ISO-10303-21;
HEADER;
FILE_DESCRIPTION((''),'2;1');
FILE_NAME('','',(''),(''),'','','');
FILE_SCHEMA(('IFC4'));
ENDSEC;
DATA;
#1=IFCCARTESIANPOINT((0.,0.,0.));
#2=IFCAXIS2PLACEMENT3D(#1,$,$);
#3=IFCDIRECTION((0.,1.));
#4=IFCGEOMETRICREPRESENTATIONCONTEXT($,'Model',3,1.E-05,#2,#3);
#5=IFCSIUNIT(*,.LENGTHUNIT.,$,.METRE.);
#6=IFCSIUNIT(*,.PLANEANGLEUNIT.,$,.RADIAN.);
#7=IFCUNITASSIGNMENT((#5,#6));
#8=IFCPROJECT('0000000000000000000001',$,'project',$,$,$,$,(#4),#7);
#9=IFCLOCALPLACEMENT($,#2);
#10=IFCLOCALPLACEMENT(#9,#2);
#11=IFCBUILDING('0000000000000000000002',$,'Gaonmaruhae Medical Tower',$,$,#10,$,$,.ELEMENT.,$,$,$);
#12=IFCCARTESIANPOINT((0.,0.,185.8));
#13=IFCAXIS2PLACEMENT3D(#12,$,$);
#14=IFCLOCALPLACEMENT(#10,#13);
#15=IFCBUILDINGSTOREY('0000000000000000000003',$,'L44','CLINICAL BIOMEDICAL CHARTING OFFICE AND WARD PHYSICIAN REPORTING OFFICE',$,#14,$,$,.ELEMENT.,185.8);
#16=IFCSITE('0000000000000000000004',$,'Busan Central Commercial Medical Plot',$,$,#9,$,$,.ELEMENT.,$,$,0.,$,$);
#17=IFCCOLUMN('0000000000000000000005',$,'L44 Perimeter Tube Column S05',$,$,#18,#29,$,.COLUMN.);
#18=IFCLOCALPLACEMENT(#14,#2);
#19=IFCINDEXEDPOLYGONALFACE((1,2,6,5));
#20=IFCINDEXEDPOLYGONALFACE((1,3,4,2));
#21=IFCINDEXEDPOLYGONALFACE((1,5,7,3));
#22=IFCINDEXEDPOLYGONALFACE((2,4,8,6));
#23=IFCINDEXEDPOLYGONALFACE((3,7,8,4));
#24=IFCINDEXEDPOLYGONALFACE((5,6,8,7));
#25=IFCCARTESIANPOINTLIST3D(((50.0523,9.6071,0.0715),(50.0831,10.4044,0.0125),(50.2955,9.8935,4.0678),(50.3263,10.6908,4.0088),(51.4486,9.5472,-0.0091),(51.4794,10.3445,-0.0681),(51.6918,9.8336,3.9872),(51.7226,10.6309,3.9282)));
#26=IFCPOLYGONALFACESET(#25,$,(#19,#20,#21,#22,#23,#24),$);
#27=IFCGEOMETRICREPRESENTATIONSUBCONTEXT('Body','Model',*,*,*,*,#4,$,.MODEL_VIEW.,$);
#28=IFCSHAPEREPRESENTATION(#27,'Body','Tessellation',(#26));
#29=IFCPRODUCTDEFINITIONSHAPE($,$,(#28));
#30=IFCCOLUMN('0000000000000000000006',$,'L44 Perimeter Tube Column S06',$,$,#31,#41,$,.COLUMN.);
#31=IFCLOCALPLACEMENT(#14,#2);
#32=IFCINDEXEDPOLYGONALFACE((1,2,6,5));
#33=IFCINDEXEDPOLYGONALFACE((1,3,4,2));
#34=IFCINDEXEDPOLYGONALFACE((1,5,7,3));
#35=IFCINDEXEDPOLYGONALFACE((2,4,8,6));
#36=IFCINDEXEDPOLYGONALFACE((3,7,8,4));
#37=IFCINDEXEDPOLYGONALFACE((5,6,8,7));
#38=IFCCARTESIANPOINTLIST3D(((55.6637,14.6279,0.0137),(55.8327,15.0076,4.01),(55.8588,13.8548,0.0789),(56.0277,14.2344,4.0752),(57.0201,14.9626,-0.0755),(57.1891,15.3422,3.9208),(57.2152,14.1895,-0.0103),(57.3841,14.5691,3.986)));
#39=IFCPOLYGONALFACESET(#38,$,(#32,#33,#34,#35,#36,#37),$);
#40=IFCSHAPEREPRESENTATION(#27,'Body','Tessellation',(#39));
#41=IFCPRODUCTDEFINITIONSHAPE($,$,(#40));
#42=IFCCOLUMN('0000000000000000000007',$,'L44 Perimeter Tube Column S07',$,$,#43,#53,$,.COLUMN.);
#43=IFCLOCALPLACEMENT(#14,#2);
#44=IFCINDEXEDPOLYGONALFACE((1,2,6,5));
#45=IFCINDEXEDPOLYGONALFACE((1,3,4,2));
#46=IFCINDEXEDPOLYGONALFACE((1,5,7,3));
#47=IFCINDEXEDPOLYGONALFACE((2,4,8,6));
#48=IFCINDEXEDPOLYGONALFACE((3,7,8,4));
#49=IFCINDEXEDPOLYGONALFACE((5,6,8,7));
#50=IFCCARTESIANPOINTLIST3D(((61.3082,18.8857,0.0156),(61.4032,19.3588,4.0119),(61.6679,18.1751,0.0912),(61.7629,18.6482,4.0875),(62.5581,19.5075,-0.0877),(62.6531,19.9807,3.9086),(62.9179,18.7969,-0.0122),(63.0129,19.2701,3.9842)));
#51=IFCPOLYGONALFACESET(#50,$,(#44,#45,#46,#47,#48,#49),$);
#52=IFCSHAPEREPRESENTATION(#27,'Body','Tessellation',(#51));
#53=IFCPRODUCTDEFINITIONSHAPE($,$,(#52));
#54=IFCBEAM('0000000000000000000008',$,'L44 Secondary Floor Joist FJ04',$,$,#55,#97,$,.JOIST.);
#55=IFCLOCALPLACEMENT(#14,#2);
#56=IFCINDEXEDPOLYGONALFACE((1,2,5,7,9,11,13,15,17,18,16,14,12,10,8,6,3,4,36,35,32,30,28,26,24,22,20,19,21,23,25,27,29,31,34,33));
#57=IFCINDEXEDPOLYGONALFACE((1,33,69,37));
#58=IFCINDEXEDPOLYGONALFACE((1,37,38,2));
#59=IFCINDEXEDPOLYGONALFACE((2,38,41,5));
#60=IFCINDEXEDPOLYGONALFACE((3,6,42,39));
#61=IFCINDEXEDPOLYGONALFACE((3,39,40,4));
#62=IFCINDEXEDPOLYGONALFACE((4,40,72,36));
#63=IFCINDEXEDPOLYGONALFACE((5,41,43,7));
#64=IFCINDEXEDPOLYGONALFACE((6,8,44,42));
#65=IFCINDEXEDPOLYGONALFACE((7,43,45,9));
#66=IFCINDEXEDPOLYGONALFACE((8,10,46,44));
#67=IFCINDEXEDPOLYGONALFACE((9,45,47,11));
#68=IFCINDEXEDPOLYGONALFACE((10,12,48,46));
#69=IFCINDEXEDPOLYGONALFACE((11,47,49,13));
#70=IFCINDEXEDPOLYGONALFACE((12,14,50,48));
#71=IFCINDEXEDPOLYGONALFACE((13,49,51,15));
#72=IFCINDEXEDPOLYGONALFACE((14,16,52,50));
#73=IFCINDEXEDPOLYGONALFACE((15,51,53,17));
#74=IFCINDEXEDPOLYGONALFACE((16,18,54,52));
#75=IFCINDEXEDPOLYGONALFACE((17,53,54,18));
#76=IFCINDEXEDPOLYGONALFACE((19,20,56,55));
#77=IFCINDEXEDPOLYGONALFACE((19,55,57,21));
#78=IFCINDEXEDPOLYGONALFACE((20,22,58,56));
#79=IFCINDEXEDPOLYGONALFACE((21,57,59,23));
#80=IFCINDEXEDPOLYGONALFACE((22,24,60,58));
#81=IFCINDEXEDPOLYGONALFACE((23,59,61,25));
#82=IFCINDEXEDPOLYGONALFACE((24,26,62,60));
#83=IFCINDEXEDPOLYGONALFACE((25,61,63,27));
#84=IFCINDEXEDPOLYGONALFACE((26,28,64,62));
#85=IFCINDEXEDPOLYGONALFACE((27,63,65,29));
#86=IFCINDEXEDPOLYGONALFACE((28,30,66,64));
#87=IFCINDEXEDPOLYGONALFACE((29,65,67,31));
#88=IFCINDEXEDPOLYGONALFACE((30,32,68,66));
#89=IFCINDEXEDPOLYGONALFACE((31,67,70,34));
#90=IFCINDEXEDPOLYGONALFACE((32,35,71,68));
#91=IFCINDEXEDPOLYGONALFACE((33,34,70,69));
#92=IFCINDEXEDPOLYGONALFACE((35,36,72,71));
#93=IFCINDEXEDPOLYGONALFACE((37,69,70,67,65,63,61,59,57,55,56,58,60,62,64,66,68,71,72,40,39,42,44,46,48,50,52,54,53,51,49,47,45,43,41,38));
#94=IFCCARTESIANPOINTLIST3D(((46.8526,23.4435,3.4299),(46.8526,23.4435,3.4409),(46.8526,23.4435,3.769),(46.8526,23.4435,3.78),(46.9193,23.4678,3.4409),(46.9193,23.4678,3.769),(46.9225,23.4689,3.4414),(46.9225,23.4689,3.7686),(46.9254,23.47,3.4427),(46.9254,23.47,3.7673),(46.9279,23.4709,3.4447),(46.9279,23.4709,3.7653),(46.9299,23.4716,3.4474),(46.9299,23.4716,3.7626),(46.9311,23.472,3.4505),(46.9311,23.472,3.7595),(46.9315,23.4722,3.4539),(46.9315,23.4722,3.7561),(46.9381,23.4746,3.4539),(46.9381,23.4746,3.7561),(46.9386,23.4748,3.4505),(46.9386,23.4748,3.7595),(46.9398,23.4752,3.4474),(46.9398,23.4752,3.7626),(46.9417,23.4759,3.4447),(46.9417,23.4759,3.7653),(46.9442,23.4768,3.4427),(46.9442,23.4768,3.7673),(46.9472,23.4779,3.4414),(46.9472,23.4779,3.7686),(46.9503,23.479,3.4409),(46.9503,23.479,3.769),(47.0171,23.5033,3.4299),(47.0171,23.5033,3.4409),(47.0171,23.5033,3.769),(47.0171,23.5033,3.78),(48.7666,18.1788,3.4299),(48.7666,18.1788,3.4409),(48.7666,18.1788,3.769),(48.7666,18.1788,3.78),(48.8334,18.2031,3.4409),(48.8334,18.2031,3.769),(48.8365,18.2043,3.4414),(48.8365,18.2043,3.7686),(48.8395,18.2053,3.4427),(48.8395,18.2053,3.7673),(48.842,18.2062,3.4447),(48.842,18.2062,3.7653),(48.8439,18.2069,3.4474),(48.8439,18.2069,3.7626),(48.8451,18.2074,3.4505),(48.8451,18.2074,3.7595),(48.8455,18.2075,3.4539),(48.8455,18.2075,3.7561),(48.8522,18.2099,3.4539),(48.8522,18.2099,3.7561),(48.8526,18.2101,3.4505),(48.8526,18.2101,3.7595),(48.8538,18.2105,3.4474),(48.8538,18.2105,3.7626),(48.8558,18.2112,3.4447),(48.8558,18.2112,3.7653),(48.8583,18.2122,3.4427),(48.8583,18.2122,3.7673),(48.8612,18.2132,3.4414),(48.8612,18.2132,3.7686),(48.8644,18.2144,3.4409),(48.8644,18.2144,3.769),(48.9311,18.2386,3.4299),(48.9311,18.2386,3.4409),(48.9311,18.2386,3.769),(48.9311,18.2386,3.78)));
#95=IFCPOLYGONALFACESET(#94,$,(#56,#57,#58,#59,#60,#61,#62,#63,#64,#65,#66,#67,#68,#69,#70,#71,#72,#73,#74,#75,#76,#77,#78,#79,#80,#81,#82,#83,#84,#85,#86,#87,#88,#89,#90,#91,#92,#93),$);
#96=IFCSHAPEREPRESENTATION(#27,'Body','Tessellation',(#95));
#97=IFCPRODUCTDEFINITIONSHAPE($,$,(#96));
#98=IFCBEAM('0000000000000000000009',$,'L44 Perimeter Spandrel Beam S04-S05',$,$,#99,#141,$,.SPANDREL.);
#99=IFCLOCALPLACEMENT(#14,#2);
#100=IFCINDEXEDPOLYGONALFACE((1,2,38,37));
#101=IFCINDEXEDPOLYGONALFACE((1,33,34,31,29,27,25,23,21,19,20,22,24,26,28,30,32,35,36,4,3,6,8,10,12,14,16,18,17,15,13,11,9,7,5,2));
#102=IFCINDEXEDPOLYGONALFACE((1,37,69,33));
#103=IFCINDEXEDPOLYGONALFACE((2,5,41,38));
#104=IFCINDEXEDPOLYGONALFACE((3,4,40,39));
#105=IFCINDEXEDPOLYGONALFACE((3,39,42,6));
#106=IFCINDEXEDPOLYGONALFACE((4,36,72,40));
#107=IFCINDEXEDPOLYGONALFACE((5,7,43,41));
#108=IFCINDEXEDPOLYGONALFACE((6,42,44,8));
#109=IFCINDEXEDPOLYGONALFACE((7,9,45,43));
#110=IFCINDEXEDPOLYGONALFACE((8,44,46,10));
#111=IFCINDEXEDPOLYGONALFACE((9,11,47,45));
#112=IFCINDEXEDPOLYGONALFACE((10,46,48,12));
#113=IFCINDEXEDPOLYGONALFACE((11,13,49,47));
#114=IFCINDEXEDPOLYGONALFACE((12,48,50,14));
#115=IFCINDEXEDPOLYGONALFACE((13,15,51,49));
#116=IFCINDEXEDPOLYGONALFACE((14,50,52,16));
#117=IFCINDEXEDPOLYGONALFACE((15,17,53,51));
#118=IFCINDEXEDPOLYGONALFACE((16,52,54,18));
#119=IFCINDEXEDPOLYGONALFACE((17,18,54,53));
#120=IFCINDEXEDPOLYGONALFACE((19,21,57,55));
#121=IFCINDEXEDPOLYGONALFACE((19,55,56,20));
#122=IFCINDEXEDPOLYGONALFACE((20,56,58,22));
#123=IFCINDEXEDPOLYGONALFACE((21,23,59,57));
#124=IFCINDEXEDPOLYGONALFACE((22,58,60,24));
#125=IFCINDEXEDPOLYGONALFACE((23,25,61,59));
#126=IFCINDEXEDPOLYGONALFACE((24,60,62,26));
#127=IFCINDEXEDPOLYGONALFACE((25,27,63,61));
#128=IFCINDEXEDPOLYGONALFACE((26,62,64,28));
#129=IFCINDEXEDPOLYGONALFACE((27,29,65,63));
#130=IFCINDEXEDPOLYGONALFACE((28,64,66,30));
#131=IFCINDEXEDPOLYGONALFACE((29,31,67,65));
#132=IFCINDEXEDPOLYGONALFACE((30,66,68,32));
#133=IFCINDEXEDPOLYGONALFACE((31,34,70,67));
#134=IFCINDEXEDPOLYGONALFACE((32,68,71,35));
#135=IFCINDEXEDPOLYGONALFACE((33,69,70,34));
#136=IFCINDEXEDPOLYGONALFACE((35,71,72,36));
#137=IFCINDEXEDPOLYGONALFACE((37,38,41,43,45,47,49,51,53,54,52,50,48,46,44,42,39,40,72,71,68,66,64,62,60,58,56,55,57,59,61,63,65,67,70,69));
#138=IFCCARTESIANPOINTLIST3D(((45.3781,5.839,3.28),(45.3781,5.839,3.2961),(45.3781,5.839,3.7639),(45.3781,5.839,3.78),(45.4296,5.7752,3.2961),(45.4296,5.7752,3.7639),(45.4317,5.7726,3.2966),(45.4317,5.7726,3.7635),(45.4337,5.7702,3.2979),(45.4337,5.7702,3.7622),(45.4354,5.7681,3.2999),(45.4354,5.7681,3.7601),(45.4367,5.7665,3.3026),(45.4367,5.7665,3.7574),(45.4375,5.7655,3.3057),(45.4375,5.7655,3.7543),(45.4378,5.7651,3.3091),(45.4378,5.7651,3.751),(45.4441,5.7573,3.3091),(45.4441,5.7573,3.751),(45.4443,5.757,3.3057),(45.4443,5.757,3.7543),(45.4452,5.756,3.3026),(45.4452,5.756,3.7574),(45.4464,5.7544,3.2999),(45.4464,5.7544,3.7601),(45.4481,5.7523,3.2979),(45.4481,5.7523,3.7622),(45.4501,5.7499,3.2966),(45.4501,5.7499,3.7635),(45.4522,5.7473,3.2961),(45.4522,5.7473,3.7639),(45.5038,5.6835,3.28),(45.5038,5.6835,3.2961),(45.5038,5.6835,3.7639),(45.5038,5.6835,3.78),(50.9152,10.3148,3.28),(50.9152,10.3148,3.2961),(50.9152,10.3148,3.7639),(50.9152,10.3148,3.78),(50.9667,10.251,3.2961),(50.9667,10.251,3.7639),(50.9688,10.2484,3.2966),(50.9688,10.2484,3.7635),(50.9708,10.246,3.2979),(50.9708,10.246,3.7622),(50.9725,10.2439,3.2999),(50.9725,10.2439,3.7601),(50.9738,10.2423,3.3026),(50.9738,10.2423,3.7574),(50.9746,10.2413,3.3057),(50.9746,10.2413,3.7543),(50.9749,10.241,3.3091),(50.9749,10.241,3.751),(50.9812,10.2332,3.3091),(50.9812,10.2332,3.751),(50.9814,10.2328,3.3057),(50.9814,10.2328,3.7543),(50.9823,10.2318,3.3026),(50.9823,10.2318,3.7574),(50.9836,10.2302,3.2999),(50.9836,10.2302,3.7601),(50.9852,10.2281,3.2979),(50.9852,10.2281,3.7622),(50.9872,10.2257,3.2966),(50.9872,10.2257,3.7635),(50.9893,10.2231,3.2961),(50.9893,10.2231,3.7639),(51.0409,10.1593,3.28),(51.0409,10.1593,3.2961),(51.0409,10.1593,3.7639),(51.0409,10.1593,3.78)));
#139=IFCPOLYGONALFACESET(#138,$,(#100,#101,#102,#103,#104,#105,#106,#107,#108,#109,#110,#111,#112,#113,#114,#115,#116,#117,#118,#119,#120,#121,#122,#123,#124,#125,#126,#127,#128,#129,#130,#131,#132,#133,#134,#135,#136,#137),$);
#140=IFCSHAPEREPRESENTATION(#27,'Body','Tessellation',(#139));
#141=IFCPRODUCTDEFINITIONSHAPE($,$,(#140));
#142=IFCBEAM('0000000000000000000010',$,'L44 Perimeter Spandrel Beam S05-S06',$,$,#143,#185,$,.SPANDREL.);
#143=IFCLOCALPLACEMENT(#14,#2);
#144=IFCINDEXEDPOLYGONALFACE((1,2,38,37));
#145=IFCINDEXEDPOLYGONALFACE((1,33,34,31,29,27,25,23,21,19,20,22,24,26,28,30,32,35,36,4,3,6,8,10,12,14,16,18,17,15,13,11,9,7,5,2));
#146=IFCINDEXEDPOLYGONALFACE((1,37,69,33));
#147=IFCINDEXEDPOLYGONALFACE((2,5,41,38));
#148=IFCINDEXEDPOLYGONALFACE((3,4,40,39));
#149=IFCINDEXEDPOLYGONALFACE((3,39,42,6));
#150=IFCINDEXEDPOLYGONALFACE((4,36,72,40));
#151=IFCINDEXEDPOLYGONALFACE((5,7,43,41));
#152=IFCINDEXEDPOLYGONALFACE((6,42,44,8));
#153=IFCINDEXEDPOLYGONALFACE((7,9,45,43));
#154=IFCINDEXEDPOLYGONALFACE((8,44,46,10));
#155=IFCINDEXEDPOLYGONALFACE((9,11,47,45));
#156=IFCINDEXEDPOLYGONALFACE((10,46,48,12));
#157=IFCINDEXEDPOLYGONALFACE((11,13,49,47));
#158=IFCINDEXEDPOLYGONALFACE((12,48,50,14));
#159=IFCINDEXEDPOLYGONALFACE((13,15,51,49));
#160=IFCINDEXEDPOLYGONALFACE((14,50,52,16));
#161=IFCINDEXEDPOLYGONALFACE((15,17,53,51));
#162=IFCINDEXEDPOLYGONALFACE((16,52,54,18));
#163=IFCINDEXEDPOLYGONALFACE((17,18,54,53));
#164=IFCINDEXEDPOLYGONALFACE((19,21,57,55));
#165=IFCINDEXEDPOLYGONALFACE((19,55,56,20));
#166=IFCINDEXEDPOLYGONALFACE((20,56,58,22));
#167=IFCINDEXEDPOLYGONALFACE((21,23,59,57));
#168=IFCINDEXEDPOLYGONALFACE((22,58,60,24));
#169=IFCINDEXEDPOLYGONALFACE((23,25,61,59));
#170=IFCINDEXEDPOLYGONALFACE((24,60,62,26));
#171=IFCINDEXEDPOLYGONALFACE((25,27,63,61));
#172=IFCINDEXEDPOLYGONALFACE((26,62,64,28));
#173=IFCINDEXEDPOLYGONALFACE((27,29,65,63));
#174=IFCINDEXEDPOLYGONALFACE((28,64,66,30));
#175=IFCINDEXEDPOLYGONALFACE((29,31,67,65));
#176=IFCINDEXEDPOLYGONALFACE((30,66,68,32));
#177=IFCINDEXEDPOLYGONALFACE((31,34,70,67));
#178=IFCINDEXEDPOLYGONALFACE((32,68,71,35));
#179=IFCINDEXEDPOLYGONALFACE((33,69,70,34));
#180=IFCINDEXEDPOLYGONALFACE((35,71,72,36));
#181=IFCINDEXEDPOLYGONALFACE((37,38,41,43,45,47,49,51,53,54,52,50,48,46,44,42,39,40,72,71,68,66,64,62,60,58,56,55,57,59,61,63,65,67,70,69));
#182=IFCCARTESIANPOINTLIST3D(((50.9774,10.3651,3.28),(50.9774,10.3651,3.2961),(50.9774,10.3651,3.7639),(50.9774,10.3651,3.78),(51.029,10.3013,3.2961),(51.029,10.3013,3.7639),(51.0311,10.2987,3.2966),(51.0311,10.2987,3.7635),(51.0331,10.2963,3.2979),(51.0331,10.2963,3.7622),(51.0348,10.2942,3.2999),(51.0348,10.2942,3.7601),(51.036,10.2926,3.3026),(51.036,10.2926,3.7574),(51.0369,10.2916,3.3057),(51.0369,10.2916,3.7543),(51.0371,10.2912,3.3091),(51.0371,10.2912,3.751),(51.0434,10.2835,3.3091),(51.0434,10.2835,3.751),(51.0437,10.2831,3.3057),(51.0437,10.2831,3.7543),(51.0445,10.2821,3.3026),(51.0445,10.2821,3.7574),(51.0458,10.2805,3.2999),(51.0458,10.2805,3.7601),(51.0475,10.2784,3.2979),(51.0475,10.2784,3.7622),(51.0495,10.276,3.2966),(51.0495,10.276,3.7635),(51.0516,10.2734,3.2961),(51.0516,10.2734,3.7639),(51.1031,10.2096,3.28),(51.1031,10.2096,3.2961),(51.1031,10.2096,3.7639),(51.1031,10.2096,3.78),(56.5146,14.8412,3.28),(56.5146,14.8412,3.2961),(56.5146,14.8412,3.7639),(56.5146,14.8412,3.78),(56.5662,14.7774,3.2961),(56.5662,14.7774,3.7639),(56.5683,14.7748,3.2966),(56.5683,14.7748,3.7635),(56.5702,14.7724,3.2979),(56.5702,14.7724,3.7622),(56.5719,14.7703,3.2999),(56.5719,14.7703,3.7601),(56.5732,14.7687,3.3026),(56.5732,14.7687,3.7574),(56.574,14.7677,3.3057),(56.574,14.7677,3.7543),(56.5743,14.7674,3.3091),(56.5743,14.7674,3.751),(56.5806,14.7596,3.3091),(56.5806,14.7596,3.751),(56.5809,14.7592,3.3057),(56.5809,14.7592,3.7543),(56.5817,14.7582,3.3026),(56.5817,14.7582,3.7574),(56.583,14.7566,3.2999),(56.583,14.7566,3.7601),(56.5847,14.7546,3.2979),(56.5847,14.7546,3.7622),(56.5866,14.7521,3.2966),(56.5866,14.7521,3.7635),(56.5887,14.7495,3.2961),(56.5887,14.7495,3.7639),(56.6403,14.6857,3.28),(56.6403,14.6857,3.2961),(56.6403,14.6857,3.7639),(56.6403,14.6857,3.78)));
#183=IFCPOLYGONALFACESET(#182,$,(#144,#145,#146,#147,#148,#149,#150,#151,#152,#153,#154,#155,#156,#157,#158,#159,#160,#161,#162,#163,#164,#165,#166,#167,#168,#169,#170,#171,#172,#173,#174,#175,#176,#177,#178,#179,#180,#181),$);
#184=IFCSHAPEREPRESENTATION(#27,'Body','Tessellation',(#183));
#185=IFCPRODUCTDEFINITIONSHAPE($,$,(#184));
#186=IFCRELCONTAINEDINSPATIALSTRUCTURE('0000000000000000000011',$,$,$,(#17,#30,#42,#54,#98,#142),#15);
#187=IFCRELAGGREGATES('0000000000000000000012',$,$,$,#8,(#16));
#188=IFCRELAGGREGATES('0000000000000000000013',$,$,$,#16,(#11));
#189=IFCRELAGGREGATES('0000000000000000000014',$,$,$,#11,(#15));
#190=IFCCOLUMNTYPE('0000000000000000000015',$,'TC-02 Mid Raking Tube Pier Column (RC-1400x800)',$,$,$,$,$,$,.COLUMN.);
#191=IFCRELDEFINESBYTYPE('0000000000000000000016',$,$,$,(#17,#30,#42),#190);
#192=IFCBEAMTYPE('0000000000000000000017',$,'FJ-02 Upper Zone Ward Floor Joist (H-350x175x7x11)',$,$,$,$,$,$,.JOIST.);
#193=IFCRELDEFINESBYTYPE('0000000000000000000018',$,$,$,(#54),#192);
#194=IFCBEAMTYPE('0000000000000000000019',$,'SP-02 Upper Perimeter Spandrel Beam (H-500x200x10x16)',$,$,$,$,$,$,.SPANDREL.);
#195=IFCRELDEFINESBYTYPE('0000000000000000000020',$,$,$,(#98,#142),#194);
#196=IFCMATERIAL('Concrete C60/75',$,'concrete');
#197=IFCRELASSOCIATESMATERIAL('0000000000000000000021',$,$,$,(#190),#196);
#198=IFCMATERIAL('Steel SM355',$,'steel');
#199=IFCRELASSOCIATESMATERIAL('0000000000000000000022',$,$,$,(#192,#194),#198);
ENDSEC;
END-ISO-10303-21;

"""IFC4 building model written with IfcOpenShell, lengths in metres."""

from ifc_helpers import new_model, si_unit, direction, frame, origin, origin_2d, place, context, subcontext, project, spatial, rectangle, i_section, extrude, material, material_profile, profile_set, type_object, element, save


model = new_model("IFC4")

# Units and contexts
model_context = context("Model", 3, precision=1e-05, world=origin(), true_north=direction((0.0, 1.0)))
body_context = subcontext(model_context, "Body", "Model", "MODEL_VIEW")
ifc_project = project(units=[si_unit("LENGTHUNIT", "METRE"), si_unit("PLANEANGLEUNIT", "RADIAN")], contexts=[model_context])

# Site, building, storey
site_placement = place(None, origin())
site = spatial("IfcSite", under=ifc_project, at=site_placement, Name="Busan Central Commercial Medical Plot", CompositionType="ELEMENT", RefElevation=0.0)
building_placement = place(site_placement, origin())
building = spatial("IfcBuilding", under=site, at=building_placement, Name="Gaonmaruhae Medical Tower", CompositionType="ELEMENT")
storey_placement = place(building_placement, frame((0.0, 0.0, 185.8)))
storey = spatial("IfcBuildingStorey", under=building, at=storey_placement, Name="L44", Description="CLINICAL BIOMEDICAL CHARTING OFFICE AND WARD PHYSICIAN REPORTING OFFICE", CompositionType="ELEMENT", Elevation=185.8)

# Columns
ifc_material_1 = material(Name="Concrete C60/75", Category="concrete")
ifc_material_profile_1 = material_profile(ifc_material_1, rectangle(XDim=1.3999, YDim=0.8, at=origin_2d()), Name="RC-1400x800")
ifc_profile_set_1 = profile_set([ifc_material_profile_1], Name="Concrete C60/75")
column_type = type_object("IfcColumnType", Name="TC-02 Mid Raking Tube Pier Column (RC-1400x800)", PredefinedType="COLUMN", material=ifc_profile_set_1)
column_1_placement = place(storey_placement, frame((50.7659, 9.9758, 0.0017), z_axis=(0.06058, 0.071345, 0.99561), x_axis=(-0.997421, 0.042798, 0.057623)))
element("IfcColumn", 1, at=column_1_placement, inside=storey, type_object=column_type, Name="L44 Perimeter Tube Column S05", PredefinedType="COLUMN", context=body_context, shape_type="SweptSolid", body=[
    extrude(rectangle(XDim=1.3999, YDim=0.8, at=origin_2d()), origin(), (0.0, 0.0, 1.0), 4.0139),
])
column_2_placement = place(storey_placement, frame((56.4395, 14.4087, 0.0017), z_axis=(0.042048, 0.094487, 0.994638), x_axis=(-0.968911, -0.239078, 0.063672)))
element("IfcColumn", 2, at=column_2_placement, inside=storey, type_object=column_type, Name="L44 Perimeter Tube Column S06", PredefinedType="COLUMN", context=body_context, shape_type="SweptSolid", body=[
    extrude(rectangle(XDim=1.3999, YDim=0.8, at=origin_2d()), origin(), (0.0, 0.0, 1.0), 4.0178),
])
column_3_placement = place(storey_placement, frame((62.113, 18.8413, 0.0017), z_axis=(0.023593, 0.117541, 0.992788), x_axis=(-0.892887, -0.44419, 0.073809)))
element("IfcColumn", 3, at=column_3_placement, inside=storey, type_object=column_type, Name="L44 Perimeter Tube Column S07", PredefinedType="COLUMN", context=body_context, shape_type="SweptSolid", body=[
    extrude(rectangle(XDim=1.3999, YDim=0.8, at=origin_2d()), origin(), (0.0, 0.0, 1.0), 4.0254),
])

# Beams
ifc_material_2 = material(Name="Steel SM355", Category="steel")
ifc_material_profile_2 = material_profile(ifc_material_2, i_section(OverallWidth=0.175, OverallDepth=0.3501, WebThickness=0.0071, FlangeThickness=0.011, FilletRadius=0.0129, at=origin_2d()), Name="H-350x175x7x11")
ifc_profile_set_2 = profile_set([ifc_material_profile_2], Name="Steel SM355")
beam_type_1 = type_object("IfcBeamType", Name="FJ-02 Upper Zone Ward Floor Joist (H-350x175x7x11)", PredefinedType="JOIST", material=ifc_profile_set_2)
beam_1_placement = place(storey_placement, frame((48.8489, 18.2087, 3.605), z_axis=(-0.341687, 0.939814, 0.0), x_axis=(-0.939814, -0.341687, 0.0)))
element("IfcBeam", 4, at=beam_1_placement, inside=storey, type_object=beam_type_1, Name="L44 Secondary Floor Joist FJ04", PredefinedType="JOIST", context=body_context, shape_type="SweptSolid", body=[
    extrude(i_section(OverallWidth=0.175, OverallDepth=0.3501, WebThickness=0.0071, FlangeThickness=0.011, FilletRadius=0.0129, at=origin_2d()), origin(), (0.0, 0.0, 1.0), 5.6018),
])
ifc_material_profile_3 = material_profile(ifc_material_2, i_section(OverallWidth=0.2, OverallDepth=0.5, WebThickness=0.01, FlangeThickness=0.0161, FilletRadius=0.0129, at=origin_2d()), Name="H-500x200x10x16")
ifc_profile_set_3 = profile_set([ifc_material_profile_3], Name="Steel SM355")
beam_type_2 = type_object("IfcBeamType", Name="SP-02 Upper Perimeter Spandrel Beam (H-500x200x10x16)", PredefinedType="SPANDREL", material=ifc_profile_set_3)
beam_2_placement = place(storey_placement, frame((45.4409, 5.7612, 3.53), z_axis=(0.777697, 0.628639, 0.0), x_axis=(-0.628639, 0.777697, 0.0)))
element("IfcBeam", 5, at=beam_2_placement, inside=storey, type_object=beam_type_2, Name="L44 Perimeter Spandrel Beam S04-S05", PredefinedType="SPANDREL", context=body_context, shape_type="SweptSolid", body=[
    extrude(i_section(OverallWidth=0.2, OverallDepth=0.5, WebThickness=0.01, FlangeThickness=0.0161, FilletRadius=0.0129, at=origin_2d()), origin(), (0.0, 0.0, 1.0), 7.1199),
])
beam_3_placement = place(storey_placement, frame((51.0403, 10.2874, 3.53), z_axis=(0.777681, 0.62866, 0.0), x_axis=(-0.62866, 0.777681, 0.0)))
element("IfcBeam", 6, at=beam_3_placement, inside=storey, type_object=beam_type_2, Name="L44 Perimeter Spandrel Beam S05-S06", PredefinedType="SPANDREL", context=body_context, shape_type="SweptSolid", body=[
    extrude(i_section(OverallWidth=0.2, OverallDepth=0.5, WebThickness=0.01, FlangeThickness=0.0161, FilletRadius=0.0129, at=origin_2d()), origin(), (0.0, 0.0, 1.0), 7.1201),
])

save(model, "model.ifc")
